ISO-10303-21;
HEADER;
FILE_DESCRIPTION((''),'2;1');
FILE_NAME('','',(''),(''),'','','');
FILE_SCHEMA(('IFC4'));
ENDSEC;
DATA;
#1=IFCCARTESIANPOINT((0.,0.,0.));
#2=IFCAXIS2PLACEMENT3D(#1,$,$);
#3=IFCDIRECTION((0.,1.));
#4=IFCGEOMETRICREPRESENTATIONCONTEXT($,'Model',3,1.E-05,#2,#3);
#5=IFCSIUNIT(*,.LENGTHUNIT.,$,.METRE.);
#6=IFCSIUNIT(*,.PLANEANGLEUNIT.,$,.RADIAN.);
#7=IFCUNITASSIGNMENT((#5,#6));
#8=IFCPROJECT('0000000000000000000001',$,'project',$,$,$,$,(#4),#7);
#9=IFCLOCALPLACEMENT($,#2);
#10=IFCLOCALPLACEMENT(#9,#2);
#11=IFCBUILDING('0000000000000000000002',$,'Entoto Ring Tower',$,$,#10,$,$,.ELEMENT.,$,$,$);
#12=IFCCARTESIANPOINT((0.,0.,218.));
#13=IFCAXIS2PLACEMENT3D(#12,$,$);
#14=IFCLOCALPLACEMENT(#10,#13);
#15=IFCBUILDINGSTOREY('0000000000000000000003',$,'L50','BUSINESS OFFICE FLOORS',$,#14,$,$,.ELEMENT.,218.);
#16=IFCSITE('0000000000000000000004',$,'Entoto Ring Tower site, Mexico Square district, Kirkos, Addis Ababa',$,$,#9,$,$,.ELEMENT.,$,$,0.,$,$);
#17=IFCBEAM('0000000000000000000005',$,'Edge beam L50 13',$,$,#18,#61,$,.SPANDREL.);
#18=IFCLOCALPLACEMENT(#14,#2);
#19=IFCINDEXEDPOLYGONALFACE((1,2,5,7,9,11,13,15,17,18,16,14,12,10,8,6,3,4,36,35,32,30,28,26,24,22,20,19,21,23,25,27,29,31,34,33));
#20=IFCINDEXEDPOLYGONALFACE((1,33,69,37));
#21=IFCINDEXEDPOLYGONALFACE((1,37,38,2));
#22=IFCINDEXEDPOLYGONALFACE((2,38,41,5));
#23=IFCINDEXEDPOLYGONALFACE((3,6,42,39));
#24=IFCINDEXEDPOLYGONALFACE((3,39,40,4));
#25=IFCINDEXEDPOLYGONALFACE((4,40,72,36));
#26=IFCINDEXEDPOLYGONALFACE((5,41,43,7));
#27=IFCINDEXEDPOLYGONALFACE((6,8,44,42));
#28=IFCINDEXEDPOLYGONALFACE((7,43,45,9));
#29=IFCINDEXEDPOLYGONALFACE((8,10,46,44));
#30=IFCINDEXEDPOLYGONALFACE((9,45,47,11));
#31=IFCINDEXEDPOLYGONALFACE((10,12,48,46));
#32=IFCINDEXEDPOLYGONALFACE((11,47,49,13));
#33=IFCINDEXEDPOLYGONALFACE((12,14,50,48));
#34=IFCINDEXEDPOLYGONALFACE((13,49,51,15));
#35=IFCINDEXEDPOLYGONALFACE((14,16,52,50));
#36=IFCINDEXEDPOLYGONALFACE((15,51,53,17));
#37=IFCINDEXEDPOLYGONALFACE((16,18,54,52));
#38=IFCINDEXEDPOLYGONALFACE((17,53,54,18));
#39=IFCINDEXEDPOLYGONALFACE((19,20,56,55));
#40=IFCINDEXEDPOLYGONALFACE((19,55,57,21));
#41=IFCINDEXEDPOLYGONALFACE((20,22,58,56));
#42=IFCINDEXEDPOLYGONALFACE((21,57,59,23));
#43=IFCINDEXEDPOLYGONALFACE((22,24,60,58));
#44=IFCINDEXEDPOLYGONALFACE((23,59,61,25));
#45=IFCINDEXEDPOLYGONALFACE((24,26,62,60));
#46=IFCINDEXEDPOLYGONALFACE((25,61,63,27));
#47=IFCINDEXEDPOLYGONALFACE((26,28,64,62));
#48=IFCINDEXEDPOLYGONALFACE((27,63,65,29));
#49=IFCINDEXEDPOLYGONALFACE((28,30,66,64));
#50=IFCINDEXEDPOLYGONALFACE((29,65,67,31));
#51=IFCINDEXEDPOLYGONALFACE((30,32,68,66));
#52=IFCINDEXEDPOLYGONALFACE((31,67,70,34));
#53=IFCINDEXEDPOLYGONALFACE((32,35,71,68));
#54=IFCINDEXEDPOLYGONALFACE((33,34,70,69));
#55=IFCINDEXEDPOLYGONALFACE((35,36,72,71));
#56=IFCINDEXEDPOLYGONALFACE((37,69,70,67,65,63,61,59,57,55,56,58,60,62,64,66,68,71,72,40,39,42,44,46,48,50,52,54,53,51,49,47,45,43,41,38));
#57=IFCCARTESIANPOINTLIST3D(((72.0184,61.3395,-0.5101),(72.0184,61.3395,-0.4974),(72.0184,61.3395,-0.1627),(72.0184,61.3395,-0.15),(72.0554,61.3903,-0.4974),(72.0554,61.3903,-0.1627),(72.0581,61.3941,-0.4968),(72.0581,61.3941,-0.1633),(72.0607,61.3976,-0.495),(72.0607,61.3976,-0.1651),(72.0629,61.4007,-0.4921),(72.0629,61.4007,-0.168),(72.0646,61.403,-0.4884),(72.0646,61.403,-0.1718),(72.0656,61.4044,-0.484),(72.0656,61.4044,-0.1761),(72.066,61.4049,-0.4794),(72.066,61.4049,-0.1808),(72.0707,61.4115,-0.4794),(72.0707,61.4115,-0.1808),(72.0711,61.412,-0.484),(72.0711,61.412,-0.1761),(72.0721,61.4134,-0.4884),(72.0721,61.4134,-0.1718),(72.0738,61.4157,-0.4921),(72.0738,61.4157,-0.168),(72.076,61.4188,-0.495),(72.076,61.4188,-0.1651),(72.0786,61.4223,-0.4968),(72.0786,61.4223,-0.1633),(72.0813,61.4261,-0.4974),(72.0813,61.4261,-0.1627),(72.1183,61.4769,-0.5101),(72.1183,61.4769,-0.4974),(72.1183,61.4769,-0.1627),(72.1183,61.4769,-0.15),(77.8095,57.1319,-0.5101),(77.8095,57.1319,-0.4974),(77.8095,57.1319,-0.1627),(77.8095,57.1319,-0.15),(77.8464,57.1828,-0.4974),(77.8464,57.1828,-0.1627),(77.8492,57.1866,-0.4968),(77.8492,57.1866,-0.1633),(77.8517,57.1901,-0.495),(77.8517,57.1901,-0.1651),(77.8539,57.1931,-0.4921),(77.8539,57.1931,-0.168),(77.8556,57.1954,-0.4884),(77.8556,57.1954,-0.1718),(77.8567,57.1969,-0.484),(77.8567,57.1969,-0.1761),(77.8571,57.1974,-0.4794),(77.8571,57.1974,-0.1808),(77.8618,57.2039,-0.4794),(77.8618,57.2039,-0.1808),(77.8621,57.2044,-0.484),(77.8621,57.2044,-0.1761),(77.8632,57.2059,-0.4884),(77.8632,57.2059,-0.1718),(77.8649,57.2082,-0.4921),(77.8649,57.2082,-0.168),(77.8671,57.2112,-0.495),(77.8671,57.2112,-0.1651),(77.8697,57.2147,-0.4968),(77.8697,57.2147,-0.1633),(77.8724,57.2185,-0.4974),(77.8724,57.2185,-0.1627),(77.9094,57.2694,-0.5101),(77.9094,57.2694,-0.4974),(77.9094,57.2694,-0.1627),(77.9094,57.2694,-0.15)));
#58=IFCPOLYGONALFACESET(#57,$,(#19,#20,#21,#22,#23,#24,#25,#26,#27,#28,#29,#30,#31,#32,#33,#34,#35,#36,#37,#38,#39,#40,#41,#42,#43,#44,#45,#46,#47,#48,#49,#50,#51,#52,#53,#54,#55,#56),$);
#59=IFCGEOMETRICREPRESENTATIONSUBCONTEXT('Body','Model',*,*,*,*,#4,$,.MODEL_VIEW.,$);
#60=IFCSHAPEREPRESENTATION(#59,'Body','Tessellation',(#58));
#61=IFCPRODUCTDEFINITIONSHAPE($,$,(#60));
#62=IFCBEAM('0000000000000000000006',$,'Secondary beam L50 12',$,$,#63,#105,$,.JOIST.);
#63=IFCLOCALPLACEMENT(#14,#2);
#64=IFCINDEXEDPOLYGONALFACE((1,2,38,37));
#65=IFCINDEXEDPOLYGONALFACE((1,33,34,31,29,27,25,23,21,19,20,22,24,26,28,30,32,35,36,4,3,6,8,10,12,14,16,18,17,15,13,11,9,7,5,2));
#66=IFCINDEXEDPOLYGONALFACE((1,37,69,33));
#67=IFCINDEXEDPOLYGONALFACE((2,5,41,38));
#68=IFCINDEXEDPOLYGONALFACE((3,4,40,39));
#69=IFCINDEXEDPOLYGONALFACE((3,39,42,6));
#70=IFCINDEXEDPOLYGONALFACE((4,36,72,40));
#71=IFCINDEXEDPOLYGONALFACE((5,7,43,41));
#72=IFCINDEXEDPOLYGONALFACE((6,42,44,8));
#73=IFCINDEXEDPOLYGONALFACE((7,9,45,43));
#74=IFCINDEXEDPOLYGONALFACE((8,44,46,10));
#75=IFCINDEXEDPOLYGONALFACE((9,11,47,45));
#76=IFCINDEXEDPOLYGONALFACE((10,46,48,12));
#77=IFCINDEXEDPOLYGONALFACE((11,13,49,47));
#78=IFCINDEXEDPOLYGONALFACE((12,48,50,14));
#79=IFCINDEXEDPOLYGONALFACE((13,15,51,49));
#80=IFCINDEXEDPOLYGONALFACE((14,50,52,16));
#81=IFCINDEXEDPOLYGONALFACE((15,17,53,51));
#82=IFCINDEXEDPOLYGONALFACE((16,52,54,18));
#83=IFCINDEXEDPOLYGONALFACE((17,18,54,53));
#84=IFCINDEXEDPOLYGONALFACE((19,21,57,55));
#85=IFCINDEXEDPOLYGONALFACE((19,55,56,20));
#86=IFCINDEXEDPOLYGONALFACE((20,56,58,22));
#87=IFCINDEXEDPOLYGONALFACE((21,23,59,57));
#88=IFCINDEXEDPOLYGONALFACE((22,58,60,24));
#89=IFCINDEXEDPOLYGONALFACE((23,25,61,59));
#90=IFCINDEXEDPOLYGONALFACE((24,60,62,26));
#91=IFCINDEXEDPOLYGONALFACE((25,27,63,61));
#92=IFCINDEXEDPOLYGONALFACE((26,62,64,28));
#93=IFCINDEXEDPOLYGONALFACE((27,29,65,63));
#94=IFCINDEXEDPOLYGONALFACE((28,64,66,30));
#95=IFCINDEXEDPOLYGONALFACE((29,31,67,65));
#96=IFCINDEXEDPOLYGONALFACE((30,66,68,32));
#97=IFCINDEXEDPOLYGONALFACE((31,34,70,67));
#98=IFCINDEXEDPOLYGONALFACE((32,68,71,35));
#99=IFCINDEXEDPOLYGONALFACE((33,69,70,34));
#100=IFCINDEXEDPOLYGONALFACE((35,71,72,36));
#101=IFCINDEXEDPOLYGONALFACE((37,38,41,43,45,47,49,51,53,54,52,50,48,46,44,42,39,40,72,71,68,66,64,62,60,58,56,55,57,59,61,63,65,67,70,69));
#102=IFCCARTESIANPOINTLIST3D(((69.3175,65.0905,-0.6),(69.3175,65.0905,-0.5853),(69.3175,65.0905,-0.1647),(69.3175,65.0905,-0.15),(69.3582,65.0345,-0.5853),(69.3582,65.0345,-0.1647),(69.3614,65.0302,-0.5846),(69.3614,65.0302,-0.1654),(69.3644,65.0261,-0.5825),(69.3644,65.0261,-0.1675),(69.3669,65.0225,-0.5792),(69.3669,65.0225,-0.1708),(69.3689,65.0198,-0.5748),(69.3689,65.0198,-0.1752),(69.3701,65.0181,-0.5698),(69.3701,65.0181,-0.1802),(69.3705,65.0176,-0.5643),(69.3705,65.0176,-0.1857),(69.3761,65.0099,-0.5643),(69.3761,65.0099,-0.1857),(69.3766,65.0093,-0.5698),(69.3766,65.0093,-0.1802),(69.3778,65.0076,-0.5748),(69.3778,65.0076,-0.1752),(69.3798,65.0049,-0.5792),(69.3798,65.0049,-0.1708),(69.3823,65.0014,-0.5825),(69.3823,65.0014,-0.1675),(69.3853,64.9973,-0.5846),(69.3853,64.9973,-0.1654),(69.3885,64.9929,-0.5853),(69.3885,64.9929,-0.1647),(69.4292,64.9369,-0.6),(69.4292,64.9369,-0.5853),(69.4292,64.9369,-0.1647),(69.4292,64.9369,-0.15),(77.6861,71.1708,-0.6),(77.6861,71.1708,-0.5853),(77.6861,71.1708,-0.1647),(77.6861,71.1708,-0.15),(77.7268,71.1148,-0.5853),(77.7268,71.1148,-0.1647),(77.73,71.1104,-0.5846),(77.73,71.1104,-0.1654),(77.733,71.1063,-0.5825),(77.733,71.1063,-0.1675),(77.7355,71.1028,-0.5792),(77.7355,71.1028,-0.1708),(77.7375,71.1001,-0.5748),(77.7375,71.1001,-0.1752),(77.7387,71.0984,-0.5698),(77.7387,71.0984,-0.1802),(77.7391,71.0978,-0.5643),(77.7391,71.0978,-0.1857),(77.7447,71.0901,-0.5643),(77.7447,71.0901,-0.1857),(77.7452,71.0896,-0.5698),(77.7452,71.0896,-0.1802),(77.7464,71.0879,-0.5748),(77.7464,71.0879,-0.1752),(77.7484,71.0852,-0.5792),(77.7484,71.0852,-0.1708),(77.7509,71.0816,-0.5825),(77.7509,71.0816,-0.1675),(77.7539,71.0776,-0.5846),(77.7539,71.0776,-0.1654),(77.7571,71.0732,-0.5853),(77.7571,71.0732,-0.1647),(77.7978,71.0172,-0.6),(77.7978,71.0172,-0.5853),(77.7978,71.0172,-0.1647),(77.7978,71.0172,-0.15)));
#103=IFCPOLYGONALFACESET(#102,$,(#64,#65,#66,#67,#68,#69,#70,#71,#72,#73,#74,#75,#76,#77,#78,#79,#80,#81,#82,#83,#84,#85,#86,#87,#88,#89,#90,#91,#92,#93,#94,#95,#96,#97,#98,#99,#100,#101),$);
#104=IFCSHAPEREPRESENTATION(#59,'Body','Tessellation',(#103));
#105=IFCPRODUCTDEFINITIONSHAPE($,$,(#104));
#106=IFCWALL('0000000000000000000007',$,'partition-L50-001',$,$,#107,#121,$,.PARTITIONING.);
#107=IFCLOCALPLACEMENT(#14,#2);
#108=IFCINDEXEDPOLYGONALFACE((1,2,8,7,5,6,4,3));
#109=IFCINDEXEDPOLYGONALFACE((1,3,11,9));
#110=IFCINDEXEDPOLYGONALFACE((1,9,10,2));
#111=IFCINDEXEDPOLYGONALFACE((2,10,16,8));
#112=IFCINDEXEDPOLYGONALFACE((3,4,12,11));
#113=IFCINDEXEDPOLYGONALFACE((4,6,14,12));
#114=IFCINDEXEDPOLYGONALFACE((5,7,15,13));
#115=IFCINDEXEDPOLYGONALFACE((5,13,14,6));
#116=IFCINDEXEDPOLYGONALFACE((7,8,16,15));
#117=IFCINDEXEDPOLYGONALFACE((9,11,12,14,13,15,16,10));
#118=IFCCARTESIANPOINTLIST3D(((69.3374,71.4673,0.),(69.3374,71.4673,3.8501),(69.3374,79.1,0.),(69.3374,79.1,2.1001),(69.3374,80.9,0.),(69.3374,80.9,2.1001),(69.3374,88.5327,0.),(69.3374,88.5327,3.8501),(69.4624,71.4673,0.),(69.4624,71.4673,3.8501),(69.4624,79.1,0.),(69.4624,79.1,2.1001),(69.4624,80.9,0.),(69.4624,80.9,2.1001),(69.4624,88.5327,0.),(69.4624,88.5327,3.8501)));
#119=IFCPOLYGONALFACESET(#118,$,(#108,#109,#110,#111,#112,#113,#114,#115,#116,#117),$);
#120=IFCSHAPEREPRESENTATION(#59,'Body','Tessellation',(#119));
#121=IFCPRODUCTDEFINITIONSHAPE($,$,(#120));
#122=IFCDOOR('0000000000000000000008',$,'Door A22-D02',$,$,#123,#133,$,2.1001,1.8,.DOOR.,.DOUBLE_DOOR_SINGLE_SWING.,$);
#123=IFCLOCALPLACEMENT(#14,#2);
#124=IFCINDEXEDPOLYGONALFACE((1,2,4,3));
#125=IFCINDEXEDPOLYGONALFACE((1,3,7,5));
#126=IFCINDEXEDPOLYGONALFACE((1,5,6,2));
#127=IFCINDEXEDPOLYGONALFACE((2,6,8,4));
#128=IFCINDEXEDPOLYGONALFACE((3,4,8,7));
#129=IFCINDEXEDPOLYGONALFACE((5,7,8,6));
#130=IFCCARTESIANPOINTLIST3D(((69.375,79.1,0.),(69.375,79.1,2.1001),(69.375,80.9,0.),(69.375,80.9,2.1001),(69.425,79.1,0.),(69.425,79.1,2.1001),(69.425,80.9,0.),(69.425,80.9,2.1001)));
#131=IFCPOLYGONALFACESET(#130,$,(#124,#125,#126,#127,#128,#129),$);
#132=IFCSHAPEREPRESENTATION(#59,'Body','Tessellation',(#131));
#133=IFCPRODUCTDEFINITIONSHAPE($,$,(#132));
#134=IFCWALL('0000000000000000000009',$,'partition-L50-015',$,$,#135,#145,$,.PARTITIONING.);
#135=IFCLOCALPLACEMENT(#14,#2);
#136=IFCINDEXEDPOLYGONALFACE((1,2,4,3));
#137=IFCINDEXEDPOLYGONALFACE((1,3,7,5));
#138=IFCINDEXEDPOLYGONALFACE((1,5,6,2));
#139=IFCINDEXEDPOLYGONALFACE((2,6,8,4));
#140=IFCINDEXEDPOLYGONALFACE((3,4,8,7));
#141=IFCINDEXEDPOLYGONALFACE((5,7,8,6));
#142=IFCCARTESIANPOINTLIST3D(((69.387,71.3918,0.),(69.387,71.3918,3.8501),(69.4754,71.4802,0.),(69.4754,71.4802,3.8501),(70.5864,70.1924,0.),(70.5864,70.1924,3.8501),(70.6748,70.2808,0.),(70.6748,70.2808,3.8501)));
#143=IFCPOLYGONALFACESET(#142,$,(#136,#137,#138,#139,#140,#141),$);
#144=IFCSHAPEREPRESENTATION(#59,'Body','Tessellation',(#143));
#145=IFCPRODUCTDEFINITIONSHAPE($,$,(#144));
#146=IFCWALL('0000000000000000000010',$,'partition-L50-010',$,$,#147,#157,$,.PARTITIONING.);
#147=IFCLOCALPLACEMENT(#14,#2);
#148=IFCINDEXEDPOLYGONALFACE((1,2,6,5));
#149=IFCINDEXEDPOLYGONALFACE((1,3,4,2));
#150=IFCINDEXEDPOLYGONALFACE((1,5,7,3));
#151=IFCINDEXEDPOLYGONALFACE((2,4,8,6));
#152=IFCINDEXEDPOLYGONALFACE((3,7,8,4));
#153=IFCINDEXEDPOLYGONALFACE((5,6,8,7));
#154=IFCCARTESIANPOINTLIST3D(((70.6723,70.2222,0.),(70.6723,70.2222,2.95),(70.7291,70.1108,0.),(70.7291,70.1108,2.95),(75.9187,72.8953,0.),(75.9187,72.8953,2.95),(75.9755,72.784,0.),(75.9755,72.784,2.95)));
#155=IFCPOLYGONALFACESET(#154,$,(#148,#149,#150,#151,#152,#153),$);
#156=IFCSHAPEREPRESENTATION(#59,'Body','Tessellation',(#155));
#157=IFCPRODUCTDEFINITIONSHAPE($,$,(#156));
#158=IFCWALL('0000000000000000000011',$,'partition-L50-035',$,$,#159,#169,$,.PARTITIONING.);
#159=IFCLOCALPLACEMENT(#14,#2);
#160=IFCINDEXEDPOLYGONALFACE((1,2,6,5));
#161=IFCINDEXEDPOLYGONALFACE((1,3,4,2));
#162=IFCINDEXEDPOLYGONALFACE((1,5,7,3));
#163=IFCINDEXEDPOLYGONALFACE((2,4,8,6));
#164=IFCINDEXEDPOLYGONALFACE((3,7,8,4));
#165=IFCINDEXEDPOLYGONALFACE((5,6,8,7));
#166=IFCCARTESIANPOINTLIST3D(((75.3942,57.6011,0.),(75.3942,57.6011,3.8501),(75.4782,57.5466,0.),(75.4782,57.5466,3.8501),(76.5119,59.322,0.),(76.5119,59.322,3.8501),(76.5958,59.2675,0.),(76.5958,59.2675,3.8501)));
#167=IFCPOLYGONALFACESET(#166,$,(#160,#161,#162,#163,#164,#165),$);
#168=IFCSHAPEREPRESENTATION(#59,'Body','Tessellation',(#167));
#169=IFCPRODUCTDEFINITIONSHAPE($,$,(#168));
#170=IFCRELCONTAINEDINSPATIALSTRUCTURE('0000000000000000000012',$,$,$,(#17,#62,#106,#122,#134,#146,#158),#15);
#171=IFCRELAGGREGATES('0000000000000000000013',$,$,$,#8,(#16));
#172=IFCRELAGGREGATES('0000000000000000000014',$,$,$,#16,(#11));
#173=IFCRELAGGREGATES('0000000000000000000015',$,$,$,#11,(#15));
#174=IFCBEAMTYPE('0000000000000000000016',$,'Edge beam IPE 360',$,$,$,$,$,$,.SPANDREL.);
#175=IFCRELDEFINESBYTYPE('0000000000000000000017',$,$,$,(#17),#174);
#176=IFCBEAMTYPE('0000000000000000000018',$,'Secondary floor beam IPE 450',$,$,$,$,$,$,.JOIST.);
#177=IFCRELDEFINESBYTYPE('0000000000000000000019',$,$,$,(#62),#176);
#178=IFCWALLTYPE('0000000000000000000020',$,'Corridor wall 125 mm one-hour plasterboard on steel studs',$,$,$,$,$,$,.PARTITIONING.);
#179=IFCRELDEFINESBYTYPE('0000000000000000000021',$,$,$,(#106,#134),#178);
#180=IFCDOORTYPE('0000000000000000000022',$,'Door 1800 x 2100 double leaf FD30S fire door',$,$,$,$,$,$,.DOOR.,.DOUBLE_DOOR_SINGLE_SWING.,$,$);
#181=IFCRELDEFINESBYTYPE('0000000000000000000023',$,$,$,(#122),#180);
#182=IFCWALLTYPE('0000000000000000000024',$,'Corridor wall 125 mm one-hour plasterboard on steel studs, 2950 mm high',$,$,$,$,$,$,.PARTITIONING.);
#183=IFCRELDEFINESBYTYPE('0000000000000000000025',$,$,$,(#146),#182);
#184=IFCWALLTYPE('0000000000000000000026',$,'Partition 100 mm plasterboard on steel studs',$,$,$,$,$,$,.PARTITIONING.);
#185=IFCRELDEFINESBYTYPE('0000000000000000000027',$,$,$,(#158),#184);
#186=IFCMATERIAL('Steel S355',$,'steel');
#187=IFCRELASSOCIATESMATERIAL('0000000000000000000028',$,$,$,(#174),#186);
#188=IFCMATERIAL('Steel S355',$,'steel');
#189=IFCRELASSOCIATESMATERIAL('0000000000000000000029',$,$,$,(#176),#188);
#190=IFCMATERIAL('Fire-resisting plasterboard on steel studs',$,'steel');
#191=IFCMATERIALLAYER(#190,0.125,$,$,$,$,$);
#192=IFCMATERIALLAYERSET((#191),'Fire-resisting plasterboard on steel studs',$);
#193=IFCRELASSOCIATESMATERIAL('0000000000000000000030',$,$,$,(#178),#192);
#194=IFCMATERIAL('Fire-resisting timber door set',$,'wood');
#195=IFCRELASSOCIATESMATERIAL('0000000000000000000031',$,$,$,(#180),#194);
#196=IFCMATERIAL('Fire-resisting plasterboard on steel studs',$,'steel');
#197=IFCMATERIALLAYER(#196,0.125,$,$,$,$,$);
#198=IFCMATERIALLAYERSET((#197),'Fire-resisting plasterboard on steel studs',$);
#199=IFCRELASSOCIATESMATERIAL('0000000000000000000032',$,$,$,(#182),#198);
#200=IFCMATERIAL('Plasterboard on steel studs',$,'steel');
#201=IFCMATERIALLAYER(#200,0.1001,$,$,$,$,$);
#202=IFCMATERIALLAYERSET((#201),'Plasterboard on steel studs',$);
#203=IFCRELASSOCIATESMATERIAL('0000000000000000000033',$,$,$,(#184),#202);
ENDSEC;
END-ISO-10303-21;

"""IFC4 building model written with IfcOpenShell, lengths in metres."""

from ifc_helpers import new_model, si_unit, direction, frame, frame_2d, origin, origin_2d, place, context, subcontext, project, spatial, rectangle, i_section, extrude, material, layer, layer_set, material_profile, profile_set, type_object, element, fill, save


model = new_model("IFC4")

# Units and contexts
model_context = context("Model", 3, precision=1e-05, world=origin(), true_north=direction((0.0, 1.0)))
body_context = subcontext(model_context, "Body", "Model", "MODEL_VIEW")
ifc_project = project(units=[si_unit("LENGTHUNIT", "METRE"), si_unit("PLANEANGLEUNIT", "RADIAN")], contexts=[model_context])

# Site, building, storey
site_placement = place(None, origin())
site = spatial("IfcSite", under=ifc_project, at=site_placement, Name="Entoto Ring Tower site, Mexico Square district, Kirkos, Addis Ababa", CompositionType="ELEMENT", RefElevation=0.0)
building_placement = place(site_placement, origin())
building = spatial("IfcBuilding", under=site, at=building_placement, Name="Entoto Ring Tower", CompositionType="ELEMENT")
storey_placement = place(building_placement, frame((0.0, 0.0, 218.0)))
storey = spatial("IfcBuildingStorey", under=building, at=storey_placement, Name="L50", Description="BUSINESS OFFICE FLOORS", CompositionType="ELEMENT", Elevation=218.0)

# Beams
ifc_material_1 = material(Name="Steel S355", Category="steel")
ifc_material_profile_1 = material_profile(ifc_material_1, i_section(OverallWidth=0.1699, OverallDepth=0.3601, WebThickness=0.0081, FlangeThickness=0.0127, FilletRadius=0.0181, at=origin_2d()), Name="IPE 360")
ifc_profile_set_1 = profile_set([ifc_material_profile_1], Name="Steel S355")
beam_type_1 = type_object("IfcBeamType", Name="Edge beam IPE 360", PredefinedType="SPANDREL", material=ifc_profile_set_1)
for number, where, z_axis, x_axis, name in (
    (1, (72.0684, 61.4082, -0.3301), (0.80901, -0.587794, 0.0), (0.587794, 0.80901, 0.0), "Edge beam L50 13"),
):
    element("IfcBeam", number, at=place(storey_placement, frame(where, z_axis=z_axis, x_axis=x_axis)), inside=storey, type_object=beam_type_1, Name=name, PredefinedType="SPANDREL", context=body_context, shape_type="SweptSolid", body=[
        extrude(i_section(OverallWidth=0.1699, OverallDepth=0.3601, WebThickness=0.0081, FlangeThickness=0.0127, FilletRadius=0.0181, at=origin_2d()), origin(), (0.0, 0.0, 1.0), 7.1582),
    ])
ifc_material_2 = material(Name="Steel S355", Category="steel")
ifc_material_profile_2 = material_profile(ifc_material_2, i_section(OverallWidth=0.1899, OverallDepth=0.45, WebThickness=0.0095, FlangeThickness=0.0146, FilletRadius=0.021, at=origin_2d()), Name="IPE 450")
ifc_profile_set_2 = profile_set([ifc_material_profile_2], Name="Steel S355")
beam_type_2 = type_object("IfcBeamType", Name="Secondary floor beam IPE 450", PredefinedType="JOIST", material=ifc_profile_set_2)
beam_placement = place(storey_placement, frame((77.7419, 71.094, -0.375), z_axis=(-0.809011, -0.587794, 0.0), x_axis=(0.587794, -0.809011, 0.0)))
element("IfcBeam", 2, at=beam_placement, inside=storey, type_object=beam_type_2, Name="Secondary beam L50 12", PredefinedType="JOIST", context=body_context, shape_type="SweptSolid", body=[
    extrude(i_section(OverallWidth=0.1899, OverallDepth=0.45, WebThickness=0.0095, FlangeThickness=0.0146, FilletRadius=0.021, at=origin_2d()), origin(), (0.0, 0.0, 1.0), 10.3442),
])

# Wall, opening, door
ifc_material_3 = material(Name="Fire-resisting plasterboard on steel studs", Category="steel")
ifc_layer_1 = layer(ifc_material_3, 0.125)
ifc_layer_set_1 = layer_set([ifc_layer_1], Name="Fire-resisting plasterboard on steel studs")
wall_type_1 = type_object("IfcWallType", Name="Corridor wall 125 mm one-hour plasterboard on steel studs", PredefinedType="PARTITIONING", material=ifc_layer_set_1)
wall_1_placement = place(storey_placement, frame((69.3999, 71.4673, 0.0), z_axis=(0.0, 0.0, 1.0), x_axis=(0.0, 1.0, 0.0)))
wall_1 = element("IfcWall", 3, at=wall_1_placement, inside=storey, type_object=wall_type_1, Name="partition-L50-001", PredefinedType="PARTITIONING", context=body_context, shape_type="SweptSolid", body=[
    extrude(rectangle(XDim=17.0654, YDim=0.125, at=frame_2d((8.5327, 0.0))), origin(), (0.0, 0.0, 1.0), 3.8501),
])
opening_placement = place(wall_1_placement, frame((7.6328, 0.0, 0.0)))
opening = element("IfcOpeningElement", 4, at=opening_placement, cuts=wall_1, PredefinedType="OPENING", context=body_context, shape_type="SweptSolid", body=[
    extrude(rectangle(XDim=1.8, YDim=2.1001, at=frame_2d((0.8999, 1.05))), frame((0.0, 0.0725, 0.0), z_axis=(0.0, -1.0, 0.0), x_axis=(1.0, 0.0, 0.0)), (0.0, 0.0, 1.0), 0.145),
])
ifc_material_4 = material(Name="Fire-resisting timber door set", Category="wood")
door_type = type_object("IfcDoorType", Name="Door 1800 x 2100 double leaf FD30S fire door", OperationType="DOUBLE_DOOR_SINGLE_SWING", PredefinedType="DOOR", material=ifc_material_4)
door_placement = place(opening_placement, origin())
door = element("IfcDoor", 5, at=door_placement, inside=storey, type_object=door_type, Name="Door A22-D02", OperationType="DOUBLE_DOOR_SINGLE_SWING", OverallHeight=2.1001, OverallWidth=1.8, PredefinedType="DOOR", context=body_context, shape_type="SweptSolid", body=[
    extrude(rectangle(XDim=1.8, YDim=2.1001, at=frame_2d((0.8999, 1.05))), frame((0.0, 0.0249, 0.0), z_axis=(0.0, -1.0, 0.0), x_axis=(1.0, 0.0, 0.0)), (0.0, 0.0, 1.0), 0.05),
])
fill(opening, door)

# Walls
wall_2_placement = place(storey_placement, frame((70.6306, 70.2366, 0.0), z_axis=(0.0, 0.0, 1.0), x_axis=(-0.707107, 0.707107, 0.0)))
element("IfcWall", 6, at=wall_2_placement, inside=storey, type_object=wall_type_1, Name="partition-L50-015", PredefinedType="PARTITIONING", context=body_context, shape_type="SweptSolid", body=[
    extrude(rectangle(XDim=1.6963, YDim=0.125, at=frame_2d((0.8481, 0.0))), origin(), (0.0, 0.0, 1.0), 3.8501),
])
ifc_material_5 = material(Name="Fire-resisting plasterboard on steel studs", Category="steel")
ifc_layer_2 = layer(ifc_material_5, 0.125)
ifc_layer_set_2 = layer_set([ifc_layer_2], Name="Fire-resisting plasterboard on steel studs")
wall_type_2 = type_object("IfcWallType", Name="Corridor wall 125 mm one-hour plasterboard on steel studs, 2950 mm high", PredefinedType="PARTITIONING", material=ifc_layer_set_2)
wall_3_placement = place(storey_placement, frame((70.7007, 70.1665, 0.0), z_axis=(0.0, 0.0, 1.0), x_axis=(0.89101, 0.453984, 0.0)))
element("IfcWall", 7, at=wall_3_placement, inside=storey, type_object=wall_type_2, Name="partition-L50-010", PredefinedType="PARTITIONING", context=body_context, shape_type="SweptSolid", body=[
    extrude(rectangle(XDim=5.8882, YDim=0.125, at=frame_2d((2.9441, 0.0))), origin(), (0.0, 0.0, 1.0), 2.95),
])
ifc_material_6 = material(Name="Plasterboard on steel studs", Category="steel")
ifc_layer_3 = layer(ifc_material_6, 0.1001)
ifc_layer_set_3 = layer_set([ifc_layer_3], Name="Plasterboard on steel studs")
wall_type_3 = type_object("IfcWallType", Name="Partition 100 mm plasterboard on steel studs", PredefinedType="PARTITIONING", material=ifc_layer_set_3)
wall_4_placement = place(storey_placement, frame((75.4363, 57.574, 0.0), z_axis=(0.0, 0.0, 1.0), x_axis=(0.544666, 0.838653, 0.0)))
element("IfcWall", 8, at=wall_4_placement, inside=storey, type_object=wall_type_3, Name="partition-L50-035", PredefinedType="PARTITIONING", context=body_context, shape_type="SweptSolid", body=[
    extrude(rectangle(XDim=2.052, YDim=0.1001, at=frame_2d((1.0259, 0.0))), origin(), (0.0, 0.0, 1.0), 3.8501),
])

save(model, "model.ifc")
